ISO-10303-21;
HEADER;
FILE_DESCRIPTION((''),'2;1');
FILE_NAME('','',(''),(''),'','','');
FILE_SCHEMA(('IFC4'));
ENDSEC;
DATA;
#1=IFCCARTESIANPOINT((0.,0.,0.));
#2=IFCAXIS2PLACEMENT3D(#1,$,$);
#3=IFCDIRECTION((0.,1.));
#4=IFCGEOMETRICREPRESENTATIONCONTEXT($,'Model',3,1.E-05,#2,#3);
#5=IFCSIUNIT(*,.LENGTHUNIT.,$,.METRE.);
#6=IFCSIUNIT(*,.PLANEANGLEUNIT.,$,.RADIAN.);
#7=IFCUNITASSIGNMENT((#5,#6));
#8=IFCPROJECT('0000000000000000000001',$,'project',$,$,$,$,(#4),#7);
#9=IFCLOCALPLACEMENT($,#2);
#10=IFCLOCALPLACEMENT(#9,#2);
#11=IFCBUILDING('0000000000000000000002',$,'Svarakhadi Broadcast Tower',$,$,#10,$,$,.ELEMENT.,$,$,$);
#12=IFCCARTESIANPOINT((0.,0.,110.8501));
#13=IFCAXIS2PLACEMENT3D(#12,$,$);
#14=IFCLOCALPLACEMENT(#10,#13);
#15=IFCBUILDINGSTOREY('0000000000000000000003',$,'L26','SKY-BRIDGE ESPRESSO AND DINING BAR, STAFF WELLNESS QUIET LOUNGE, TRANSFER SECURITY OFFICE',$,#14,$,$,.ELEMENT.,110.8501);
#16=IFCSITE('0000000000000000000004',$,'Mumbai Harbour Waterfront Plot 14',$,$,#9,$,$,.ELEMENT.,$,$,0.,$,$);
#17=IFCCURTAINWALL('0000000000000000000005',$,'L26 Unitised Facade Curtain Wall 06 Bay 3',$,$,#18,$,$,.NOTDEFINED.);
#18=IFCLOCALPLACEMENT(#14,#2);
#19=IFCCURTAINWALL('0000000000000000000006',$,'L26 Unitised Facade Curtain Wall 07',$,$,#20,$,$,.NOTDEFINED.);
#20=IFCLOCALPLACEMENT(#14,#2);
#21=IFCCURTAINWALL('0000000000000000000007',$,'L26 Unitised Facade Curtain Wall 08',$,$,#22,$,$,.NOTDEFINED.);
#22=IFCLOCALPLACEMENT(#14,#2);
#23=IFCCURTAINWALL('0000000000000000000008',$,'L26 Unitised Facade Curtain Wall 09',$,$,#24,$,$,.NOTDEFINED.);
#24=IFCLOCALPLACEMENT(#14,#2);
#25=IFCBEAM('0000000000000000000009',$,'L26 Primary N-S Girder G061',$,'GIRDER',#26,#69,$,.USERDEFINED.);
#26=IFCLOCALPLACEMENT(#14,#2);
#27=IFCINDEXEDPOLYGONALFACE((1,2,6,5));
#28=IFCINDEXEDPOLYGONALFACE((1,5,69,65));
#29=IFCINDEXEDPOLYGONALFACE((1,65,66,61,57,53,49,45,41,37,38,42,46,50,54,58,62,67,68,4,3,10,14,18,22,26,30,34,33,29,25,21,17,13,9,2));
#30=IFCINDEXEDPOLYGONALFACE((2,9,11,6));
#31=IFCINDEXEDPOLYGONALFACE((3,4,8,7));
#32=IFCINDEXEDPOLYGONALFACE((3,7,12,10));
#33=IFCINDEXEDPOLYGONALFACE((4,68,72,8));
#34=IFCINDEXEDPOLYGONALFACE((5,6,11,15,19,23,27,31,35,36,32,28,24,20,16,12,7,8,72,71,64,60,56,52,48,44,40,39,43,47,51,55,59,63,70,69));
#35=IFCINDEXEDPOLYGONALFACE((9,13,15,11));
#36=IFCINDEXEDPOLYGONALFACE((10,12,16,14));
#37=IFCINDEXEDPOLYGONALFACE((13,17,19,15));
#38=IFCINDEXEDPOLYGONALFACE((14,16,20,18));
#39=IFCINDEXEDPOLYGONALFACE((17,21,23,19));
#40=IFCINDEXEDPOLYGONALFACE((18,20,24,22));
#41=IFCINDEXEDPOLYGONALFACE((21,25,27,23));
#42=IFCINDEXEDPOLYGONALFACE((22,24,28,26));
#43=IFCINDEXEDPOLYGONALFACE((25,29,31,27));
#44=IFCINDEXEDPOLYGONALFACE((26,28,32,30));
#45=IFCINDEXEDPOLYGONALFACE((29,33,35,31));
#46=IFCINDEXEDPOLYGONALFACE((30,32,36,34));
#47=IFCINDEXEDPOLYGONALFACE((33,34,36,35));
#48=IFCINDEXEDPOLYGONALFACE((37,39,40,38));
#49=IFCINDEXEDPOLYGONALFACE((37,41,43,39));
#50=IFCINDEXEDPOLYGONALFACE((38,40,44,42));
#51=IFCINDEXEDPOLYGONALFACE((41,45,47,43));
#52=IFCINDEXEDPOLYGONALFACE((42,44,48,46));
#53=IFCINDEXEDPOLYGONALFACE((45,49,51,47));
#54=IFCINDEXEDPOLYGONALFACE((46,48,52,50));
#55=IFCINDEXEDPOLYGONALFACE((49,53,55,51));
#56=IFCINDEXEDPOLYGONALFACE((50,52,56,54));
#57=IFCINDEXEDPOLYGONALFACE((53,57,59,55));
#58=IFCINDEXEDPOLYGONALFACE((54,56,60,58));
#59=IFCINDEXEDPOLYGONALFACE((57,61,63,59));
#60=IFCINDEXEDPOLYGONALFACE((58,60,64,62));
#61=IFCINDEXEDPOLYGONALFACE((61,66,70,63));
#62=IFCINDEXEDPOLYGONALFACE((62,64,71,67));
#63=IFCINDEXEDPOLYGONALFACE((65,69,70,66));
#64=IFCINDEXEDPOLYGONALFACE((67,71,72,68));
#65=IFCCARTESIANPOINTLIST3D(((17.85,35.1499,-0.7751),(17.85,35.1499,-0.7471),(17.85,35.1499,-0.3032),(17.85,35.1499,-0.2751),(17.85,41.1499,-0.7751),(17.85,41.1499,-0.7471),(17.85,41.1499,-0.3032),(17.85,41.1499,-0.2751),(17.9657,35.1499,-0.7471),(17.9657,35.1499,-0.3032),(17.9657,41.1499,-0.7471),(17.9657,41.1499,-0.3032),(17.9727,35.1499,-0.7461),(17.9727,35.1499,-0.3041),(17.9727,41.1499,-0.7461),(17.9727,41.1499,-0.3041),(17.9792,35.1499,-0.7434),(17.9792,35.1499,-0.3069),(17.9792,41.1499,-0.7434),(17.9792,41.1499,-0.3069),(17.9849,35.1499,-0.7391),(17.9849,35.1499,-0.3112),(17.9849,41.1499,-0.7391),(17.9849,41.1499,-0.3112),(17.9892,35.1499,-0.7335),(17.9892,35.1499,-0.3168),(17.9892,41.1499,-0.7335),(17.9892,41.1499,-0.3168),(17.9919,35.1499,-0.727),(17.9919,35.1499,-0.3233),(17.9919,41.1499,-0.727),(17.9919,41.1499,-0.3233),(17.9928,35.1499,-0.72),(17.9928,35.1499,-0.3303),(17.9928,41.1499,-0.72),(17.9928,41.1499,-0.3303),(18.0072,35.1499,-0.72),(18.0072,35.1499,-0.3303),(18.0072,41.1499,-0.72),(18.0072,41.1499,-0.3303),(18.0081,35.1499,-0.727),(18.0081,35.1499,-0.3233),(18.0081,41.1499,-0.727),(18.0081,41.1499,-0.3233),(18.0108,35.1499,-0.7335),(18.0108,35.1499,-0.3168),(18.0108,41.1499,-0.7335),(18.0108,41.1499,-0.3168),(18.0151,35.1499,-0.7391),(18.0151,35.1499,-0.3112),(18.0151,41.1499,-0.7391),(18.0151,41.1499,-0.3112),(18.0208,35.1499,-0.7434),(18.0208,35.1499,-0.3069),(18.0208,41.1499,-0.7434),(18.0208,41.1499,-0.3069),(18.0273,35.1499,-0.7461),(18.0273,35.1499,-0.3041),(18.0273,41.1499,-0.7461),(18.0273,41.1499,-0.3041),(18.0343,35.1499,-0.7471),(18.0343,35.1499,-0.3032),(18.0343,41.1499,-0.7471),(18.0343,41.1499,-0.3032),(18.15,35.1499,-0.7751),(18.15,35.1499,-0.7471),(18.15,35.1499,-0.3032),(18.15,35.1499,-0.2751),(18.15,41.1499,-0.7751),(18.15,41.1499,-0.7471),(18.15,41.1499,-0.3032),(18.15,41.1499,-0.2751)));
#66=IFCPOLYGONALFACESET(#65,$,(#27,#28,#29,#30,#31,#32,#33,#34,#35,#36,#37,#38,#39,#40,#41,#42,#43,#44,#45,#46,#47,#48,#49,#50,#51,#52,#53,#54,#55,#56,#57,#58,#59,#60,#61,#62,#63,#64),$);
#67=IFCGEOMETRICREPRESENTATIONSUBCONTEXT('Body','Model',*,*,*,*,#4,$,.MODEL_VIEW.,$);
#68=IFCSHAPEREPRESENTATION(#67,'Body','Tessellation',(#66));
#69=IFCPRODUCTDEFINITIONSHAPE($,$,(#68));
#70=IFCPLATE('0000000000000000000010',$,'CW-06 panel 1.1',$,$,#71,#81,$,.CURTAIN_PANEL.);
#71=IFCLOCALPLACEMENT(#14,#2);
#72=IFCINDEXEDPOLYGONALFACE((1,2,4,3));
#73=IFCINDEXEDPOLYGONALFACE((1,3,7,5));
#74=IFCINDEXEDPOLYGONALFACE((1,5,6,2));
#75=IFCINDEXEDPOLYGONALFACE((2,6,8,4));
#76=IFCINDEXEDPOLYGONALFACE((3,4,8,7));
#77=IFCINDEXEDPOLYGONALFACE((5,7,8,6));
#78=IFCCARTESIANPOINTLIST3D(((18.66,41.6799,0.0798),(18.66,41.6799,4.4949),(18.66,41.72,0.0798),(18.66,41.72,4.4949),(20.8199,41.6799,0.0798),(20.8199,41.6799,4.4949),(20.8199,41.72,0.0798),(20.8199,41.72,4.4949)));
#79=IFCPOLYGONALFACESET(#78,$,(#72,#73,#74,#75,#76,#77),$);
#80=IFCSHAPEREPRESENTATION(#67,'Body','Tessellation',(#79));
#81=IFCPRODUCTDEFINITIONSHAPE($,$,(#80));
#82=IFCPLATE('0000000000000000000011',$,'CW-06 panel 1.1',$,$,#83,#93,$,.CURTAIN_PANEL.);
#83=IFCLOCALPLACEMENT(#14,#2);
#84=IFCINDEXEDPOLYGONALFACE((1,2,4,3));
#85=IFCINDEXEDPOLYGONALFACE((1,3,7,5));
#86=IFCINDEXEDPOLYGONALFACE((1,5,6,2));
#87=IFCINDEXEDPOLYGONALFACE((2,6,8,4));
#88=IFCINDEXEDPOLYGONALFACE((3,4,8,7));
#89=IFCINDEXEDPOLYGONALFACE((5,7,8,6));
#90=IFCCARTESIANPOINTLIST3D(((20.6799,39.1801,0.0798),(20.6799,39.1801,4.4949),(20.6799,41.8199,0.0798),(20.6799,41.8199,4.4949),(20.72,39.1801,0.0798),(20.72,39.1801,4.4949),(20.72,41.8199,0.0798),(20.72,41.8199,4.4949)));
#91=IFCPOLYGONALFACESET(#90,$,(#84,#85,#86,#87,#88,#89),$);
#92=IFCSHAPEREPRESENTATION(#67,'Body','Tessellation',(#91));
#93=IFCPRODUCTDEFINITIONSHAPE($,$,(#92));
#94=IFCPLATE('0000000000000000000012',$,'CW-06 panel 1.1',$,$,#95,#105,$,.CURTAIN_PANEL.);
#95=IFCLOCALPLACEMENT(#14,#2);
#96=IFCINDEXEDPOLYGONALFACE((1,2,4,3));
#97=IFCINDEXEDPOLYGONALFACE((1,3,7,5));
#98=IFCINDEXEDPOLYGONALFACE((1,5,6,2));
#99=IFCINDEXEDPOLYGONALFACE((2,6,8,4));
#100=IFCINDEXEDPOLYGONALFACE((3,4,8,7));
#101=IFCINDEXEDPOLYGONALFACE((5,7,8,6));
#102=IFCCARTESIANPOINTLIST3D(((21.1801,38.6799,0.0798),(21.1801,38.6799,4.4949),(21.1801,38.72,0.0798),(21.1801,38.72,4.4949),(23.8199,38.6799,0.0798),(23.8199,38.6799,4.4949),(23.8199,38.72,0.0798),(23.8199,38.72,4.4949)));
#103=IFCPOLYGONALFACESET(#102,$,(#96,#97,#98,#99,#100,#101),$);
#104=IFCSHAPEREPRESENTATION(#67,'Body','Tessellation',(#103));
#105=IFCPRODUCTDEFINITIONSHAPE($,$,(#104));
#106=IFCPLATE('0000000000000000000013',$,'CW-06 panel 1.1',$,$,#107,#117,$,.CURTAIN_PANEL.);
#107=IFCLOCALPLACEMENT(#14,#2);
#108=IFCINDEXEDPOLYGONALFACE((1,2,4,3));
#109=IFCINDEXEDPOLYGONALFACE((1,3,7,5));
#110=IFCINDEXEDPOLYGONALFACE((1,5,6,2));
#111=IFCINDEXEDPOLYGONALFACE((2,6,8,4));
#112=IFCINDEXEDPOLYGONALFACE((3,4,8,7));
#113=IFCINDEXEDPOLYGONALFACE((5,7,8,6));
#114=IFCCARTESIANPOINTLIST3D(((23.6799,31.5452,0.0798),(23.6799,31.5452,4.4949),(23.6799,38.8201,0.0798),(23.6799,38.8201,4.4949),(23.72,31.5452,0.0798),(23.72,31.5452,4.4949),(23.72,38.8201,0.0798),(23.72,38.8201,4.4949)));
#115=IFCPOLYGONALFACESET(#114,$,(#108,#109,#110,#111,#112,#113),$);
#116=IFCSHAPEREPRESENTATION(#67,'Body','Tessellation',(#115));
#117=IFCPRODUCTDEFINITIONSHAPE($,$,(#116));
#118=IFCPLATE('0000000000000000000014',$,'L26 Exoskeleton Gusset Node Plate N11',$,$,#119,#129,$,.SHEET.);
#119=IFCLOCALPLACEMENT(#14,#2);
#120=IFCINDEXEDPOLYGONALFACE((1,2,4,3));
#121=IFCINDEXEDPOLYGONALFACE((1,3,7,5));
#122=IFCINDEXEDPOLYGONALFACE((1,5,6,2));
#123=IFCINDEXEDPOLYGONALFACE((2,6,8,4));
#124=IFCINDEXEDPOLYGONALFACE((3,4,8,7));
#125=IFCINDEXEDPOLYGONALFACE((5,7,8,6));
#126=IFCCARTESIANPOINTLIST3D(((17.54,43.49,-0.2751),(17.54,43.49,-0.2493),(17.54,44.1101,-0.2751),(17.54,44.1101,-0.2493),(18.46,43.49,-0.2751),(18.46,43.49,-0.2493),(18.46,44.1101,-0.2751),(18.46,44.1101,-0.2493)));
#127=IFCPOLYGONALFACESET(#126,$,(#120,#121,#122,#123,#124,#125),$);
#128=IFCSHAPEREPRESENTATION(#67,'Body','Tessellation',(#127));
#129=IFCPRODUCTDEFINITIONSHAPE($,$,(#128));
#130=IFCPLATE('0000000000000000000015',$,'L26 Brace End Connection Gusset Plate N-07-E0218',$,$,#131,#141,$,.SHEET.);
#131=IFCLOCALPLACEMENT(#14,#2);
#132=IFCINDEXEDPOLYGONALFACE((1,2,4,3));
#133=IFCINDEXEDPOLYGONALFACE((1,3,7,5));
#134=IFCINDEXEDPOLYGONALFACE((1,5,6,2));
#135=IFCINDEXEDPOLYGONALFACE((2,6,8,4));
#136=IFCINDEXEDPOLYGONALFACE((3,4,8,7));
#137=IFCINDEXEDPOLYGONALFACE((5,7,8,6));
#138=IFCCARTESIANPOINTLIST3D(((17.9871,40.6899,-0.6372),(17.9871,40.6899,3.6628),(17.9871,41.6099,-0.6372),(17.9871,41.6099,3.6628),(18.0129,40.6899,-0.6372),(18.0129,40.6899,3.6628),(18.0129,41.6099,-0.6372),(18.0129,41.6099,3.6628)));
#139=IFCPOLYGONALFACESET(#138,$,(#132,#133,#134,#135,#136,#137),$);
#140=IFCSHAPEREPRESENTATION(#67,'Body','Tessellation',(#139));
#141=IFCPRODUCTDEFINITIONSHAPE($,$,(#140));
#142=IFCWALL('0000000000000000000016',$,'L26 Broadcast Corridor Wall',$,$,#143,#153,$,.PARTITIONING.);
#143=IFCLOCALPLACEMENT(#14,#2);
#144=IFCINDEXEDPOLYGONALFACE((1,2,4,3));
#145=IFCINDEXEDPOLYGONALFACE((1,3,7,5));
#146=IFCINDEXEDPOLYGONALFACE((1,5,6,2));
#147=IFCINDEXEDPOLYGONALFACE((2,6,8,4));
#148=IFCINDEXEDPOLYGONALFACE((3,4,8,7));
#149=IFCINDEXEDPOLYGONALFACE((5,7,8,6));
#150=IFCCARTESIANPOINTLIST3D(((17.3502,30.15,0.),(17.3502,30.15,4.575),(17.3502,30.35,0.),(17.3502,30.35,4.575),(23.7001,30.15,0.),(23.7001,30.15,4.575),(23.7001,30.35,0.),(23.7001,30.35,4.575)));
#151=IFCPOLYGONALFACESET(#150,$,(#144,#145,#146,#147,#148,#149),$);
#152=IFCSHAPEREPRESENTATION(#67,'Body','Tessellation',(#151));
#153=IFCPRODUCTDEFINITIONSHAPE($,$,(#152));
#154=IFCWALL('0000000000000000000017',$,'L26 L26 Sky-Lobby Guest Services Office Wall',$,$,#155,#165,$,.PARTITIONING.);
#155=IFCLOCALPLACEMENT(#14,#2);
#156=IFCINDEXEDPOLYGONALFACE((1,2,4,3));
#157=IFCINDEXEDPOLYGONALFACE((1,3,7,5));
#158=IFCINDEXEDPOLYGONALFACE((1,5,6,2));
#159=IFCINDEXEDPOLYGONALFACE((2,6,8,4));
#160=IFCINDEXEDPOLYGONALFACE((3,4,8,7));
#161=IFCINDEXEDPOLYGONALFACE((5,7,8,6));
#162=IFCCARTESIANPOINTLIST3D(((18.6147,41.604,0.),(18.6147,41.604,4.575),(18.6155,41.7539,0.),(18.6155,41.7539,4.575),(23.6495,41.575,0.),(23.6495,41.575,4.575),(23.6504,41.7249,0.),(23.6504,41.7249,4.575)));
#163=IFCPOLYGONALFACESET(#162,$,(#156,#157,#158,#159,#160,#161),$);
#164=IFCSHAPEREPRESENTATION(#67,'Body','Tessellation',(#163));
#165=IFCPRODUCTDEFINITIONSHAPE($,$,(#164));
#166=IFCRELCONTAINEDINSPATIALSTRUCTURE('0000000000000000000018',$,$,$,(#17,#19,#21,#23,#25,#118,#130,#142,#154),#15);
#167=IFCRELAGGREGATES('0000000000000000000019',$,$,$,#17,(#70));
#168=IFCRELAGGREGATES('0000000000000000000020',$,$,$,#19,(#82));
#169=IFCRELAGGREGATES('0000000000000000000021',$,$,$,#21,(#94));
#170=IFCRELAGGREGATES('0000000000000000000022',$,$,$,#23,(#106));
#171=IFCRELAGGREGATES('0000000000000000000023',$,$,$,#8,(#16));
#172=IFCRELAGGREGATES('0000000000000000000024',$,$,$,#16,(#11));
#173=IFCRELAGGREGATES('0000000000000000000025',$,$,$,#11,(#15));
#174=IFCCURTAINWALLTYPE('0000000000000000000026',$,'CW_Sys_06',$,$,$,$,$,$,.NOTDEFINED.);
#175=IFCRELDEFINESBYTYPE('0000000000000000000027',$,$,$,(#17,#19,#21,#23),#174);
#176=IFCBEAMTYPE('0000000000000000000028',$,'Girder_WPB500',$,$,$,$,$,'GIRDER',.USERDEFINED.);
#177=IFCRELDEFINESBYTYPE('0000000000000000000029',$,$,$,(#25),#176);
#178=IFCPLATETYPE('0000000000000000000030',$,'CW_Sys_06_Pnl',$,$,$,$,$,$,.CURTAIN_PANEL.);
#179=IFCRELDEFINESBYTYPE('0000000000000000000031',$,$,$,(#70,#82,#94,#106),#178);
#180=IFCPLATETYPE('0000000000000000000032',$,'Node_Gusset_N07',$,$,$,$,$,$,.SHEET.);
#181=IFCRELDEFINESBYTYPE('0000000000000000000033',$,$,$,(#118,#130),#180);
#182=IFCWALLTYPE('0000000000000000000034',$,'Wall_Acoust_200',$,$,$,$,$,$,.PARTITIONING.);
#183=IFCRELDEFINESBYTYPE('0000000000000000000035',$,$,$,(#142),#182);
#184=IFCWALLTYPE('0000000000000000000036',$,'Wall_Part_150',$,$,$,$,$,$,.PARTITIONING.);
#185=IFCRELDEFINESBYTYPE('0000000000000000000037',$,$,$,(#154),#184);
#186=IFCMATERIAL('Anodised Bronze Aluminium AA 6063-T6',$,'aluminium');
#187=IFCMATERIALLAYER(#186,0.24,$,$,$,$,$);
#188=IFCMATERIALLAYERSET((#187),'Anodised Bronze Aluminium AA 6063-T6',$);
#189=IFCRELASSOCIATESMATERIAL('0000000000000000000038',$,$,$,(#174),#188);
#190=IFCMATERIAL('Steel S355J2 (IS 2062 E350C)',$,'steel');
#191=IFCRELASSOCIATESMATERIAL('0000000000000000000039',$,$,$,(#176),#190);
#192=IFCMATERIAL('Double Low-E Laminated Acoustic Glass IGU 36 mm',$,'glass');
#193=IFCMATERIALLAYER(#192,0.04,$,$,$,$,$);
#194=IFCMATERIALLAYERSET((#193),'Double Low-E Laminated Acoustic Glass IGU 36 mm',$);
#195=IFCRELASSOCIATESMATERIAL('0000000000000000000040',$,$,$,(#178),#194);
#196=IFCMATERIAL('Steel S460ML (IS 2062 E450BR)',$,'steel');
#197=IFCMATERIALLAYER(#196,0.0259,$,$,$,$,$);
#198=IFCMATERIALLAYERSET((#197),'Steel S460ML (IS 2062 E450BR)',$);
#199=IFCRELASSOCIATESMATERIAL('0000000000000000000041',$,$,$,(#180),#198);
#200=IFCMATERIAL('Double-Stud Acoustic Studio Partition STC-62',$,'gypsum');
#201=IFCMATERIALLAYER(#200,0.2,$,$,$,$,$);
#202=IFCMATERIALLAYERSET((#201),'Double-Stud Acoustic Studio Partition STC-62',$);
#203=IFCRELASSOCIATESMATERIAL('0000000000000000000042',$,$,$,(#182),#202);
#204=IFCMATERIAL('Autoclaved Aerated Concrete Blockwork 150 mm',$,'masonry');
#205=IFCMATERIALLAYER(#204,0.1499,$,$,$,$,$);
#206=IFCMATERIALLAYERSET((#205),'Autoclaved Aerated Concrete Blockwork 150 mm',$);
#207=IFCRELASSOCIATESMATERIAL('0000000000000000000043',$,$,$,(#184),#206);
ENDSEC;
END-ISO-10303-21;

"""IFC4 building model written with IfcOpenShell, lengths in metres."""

from ifc_helpers import new_model, si_unit, direction, frame, frame_2d, origin, origin_2d, place, context, subcontext, project, spatial, rectangle, i_section, extrude, material, layer, layer_set, material_profile, profile_set, type_object, element, aggregate, save


model = new_model("IFC4")

# Units and contexts
model_context = context("Model", 3, precision=1e-05, world=origin(), true_north=direction((0.0, 1.0)))
body_context = subcontext(model_context, "Body", "Model", "MODEL_VIEW")
ifc_project = project(units=[si_unit("LENGTHUNIT", "METRE"), si_unit("PLANEANGLEUNIT", "RADIAN")], contexts=[model_context])

# Site, building, storey
site_placement = place(None, origin())
site = spatial("IfcSite", under=ifc_project, at=site_placement, Name="Mumbai Harbour Waterfront Plot 14", CompositionType="ELEMENT", RefElevation=0.0)
building_placement = place(site_placement, origin())
building = spatial("IfcBuilding", under=site, at=building_placement, Name="Svarakhadi Broadcast Tower", CompositionType="ELEMENT")
storey_placement = place(building_placement, frame((0.0, 0.0, 110.8501)))
storey = spatial("IfcBuildingStorey", under=building, at=storey_placement, Name="L26", Description="SKY-BRIDGE ESPRESSO AND DINING BAR, STAFF WELLNESS QUIET LOUNGE, TRANSFER SECURITY OFFICE", CompositionType="ELEMENT", Elevation=110.8501)

# Shared definitions
ifc_material_1 = material(Name="Steel S460ML (IS 2062 E450BR)", Category="steel")

# Curtain walls
ifc_material_2 = material(Name="Anodised Bronze Aluminium AA 6063-T6", Category="aluminium")
ifc_layer_1 = layer(ifc_material_2, 0.24)
ifc_layer_set_1 = layer_set([ifc_layer_1], Name="Anodised Bronze Aluminium AA 6063-T6")
curtain_wall_type = type_object("IfcCurtainWallType", Name="CW_Sys_06", PredefinedType="NOTDEFINED", material=ifc_layer_set_1)
curtain_wall_1_placement = place(storey_placement, origin())
curtain_wall_1 = element("IfcCurtainWall", 1, at=curtain_wall_1_placement, inside=storey, type_object=curtain_wall_type, Name="L26 Unitised Facade Curtain Wall 06 Bay 3", PredefinedType="NOTDEFINED")
curtain_wall_2_placement = place(storey_placement, origin())
curtain_wall_2 = element("IfcCurtainWall", 2, at=curtain_wall_2_placement, inside=storey, type_object=curtain_wall_type, Name="L26 Unitised Facade Curtain Wall 07", PredefinedType="NOTDEFINED")
curtain_wall_3_placement = place(storey_placement, origin())
curtain_wall_3 = element("IfcCurtainWall", 3, at=curtain_wall_3_placement, inside=storey, type_object=curtain_wall_type, Name="L26 Unitised Facade Curtain Wall 08", PredefinedType="NOTDEFINED")
curtain_wall_4_placement = place(storey_placement, origin())
curtain_wall_4 = element("IfcCurtainWall", 4, at=curtain_wall_4_placement, inside=storey, type_object=curtain_wall_type, Name="L26 Unitised Facade Curtain Wall 09", PredefinedType="NOTDEFINED")

# Beam
ifc_material_3 = material(Name="Steel S355J2 (IS 2062 E350C)", Category="steel")
ifc_material_profile_1 = material_profile(ifc_material_3, i_section(OverallWidth=0.3, OverallDepth=0.5, WebThickness=0.0144, FlangeThickness=0.0281, FilletRadius=0.0271, at=origin_2d()), Name="WPB 500x300x187")
ifc_profile_set_1 = profile_set([ifc_material_profile_1], Name="Steel S355J2 (IS 2062 E350C)")
beam_type = type_object("IfcBeamType", Name="Girder_WPB500", ElementType="GIRDER", PredefinedType="USERDEFINED", material=ifc_profile_set_1)
beam_placement = place(storey_placement, frame((18.0, 35.1499, -0.5251), z_axis=(0.0, 1.0, 0.0), x_axis=(-1.0, 0.0, 0.0)))
element("IfcBeam", 5, at=beam_placement, inside=storey, type_object=beam_type, Name="L26 Primary N-S Girder G061", ObjectType="GIRDER", PredefinedType="USERDEFINED", context=body_context, shape_type="SweptSolid", body=[
    extrude(i_section(OverallWidth=0.3, OverallDepth=0.5, WebThickness=0.0144, FlangeThickness=0.0281, FilletRadius=0.0271, at=origin_2d()), origin(), (0.0, 0.0, 1.0), 6.0),
])

# Plates
ifc_material_4 = material(Name="Double Low-E Laminated Acoustic Glass IGU 36 mm", Category="glass")
ifc_layer_2 = layer(ifc_material_4, 0.04)
ifc_layer_set_2 = layer_set([ifc_layer_2], Name="Double Low-E Laminated Acoustic Glass IGU 36 mm")
plate_type_1 = type_object("IfcPlateType", Name="CW_Sys_06_Pnl", PredefinedType="CURTAIN_PANEL", material=ifc_layer_set_2)
plate_1_placement = place(storey_placement, frame((19.74, 41.7, 0.0798), z_axis=(0.0, 0.0, 1.0), x_axis=(1.0, 0.0, 0.0)))
plate_1 = element("IfcPlate", 6, at=plate_1_placement, type_object=plate_type_1, Name="CW-06 panel 1.1", PredefinedType="CURTAIN_PANEL", context=body_context, shape_type="SweptSolid", body=[
    extrude(rectangle(XDim=2.1599, YDim=0.04, at=origin_2d()), origin(), (0.0, 0.0, 1.0), 4.415),
])
aggregate(curtain_wall_1, [plate_1])
plate_2_placement = place(storey_placement, frame((20.7, 40.5, 0.0798), z_axis=(0.0, 0.0, 1.0), x_axis=(0.0, -1.0, 0.0)))
plate_2 = element("IfcPlate", 7, at=plate_2_placement, type_object=plate_type_1, Name="CW-06 panel 1.1", PredefinedType="CURTAIN_PANEL", context=body_context, shape_type="SweptSolid", body=[
    extrude(rectangle(XDim=2.6399, YDim=0.04, at=origin_2d()), origin(), (0.0, 0.0, 1.0), 4.415),
])
aggregate(curtain_wall_2, [plate_2])
plate_3_placement = place(storey_placement, frame((22.5, 38.7, 0.0798), z_axis=(0.0, 0.0, 1.0), x_axis=(1.0, 0.0, 0.0)))
plate_3 = element("IfcPlate", 8, at=plate_3_placement, type_object=plate_type_1, Name="CW-06 panel 1.1", PredefinedType="CURTAIN_PANEL", context=body_context, shape_type="SweptSolid", body=[
    extrude(rectangle(XDim=2.6399, YDim=0.04, at=origin_2d()), origin(), (0.0, 0.0, 1.0), 4.415),
])
aggregate(curtain_wall_3, [plate_3])
plate_4_placement = place(storey_placement, frame((23.7, 35.1826, 0.0798), z_axis=(0.0, 0.0, 1.0), x_axis=(0.0, -1.0, 0.0)))
plate_4 = element("IfcPlate", 9, at=plate_4_placement, type_object=plate_type_1, Name="CW-06 panel 1.1", PredefinedType="CURTAIN_PANEL", context=body_context, shape_type="SweptSolid", body=[
    extrude(rectangle(XDim=7.2749, YDim=0.04, at=origin_2d()), origin(), (0.0, 0.0, 1.0), 4.415),
])
aggregate(curtain_wall_4, [plate_4])

# Plates
ifc_layer_3 = layer(ifc_material_1, 0.0259)
ifc_layer_set_3 = layer_set([ifc_layer_3], Name="Steel S460ML (IS 2062 E450BR)")
plate_type_2 = type_object("IfcPlateType", Name="Node_Gusset_N07", PredefinedType="SHEET", material=ifc_layer_set_3)
plate_5_placement = place(storey_placement, frame((18.0, 43.8, -0.2751), z_axis=(0.0, 0.0, 1.0), x_axis=(1.0, 0.0, 0.0)))
element("IfcPlate", 10, at=plate_5_placement, inside=storey, type_object=plate_type_2, Name="L26 Exoskeleton Gusset Node Plate N11", PredefinedType="SHEET", context=body_context, shape_type="SweptSolid", body=[
    extrude(rectangle(XDim=0.9199, YDim=0.6201, at=origin_2d()), origin(), (0.0, 0.0, 1.0), 0.0259),
])
plate_6_placement = place(storey_placement, frame((18.0, 41.1499, -0.6372), z_axis=(0.0, 0.0, 1.0), x_axis=(0.0, 1.0, 0.0)))
element("IfcPlate", 11, at=plate_6_placement, inside=storey, type_object=plate_type_2, Name="L26 Brace End Connection Gusset Plate N-07-E0218", PredefinedType="SHEET", context=body_context, shape_type="SweptSolid", body=[
    extrude(rectangle(XDim=0.9199, YDim=0.0259, at=origin_2d()), origin(), (0.0, 0.0, 1.0), 4.3),
])

# Walls
ifc_material_5 = material(Name="Double-Stud Acoustic Studio Partition STC-62", Category="gypsum")
ifc_layer_4 = layer(ifc_material_5, 0.2)
ifc_layer_set_4 = layer_set([ifc_layer_4], Name="Double-Stud Acoustic Studio Partition STC-62")
wall_type_1 = type_object("IfcWallType", Name="Wall_Acoust_200", PredefinedType="PARTITIONING", material=ifc_layer_set_4)
wall_1_placement = place(storey_placement, frame((23.7, 30.25, 0.0), z_axis=(0.0, 0.0, 1.0), x_axis=(-1.0, 0.0, 0.0)))
element("IfcWall", 12, at=wall_1_placement, inside=storey, type_object=wall_type_1, Name="L26 Broadcast Corridor Wall", PredefinedType="PARTITIONING", context=body_context, shape_type="SweptSolid", body=[
    extrude(rectangle(XDim=6.3499, YDim=0.2, at=frame_2d((3.1748, 0.0))), origin(), (0.0, 0.0, 1.0), 4.575),
])
ifc_material_6 = material(Name="Autoclaved Aerated Concrete Blockwork 150 mm", Category="masonry")
ifc_layer_5 = layer(ifc_material_6, 0.1499)
ifc_layer_set_5 = layer_set([ifc_layer_5], Name="Autoclaved Aerated Concrete Blockwork 150 mm")
wall_type_2 = type_object("IfcWallType", Name="Wall_Part_150", PredefinedType="PARTITIONING", material=ifc_layer_set_5)
wall_2_placement = place(storey_placement, frame((18.615, 41.679, 0.0), z_axis=(0.0, 0.0, 1.0), x_axis=(0.999983, -0.00577, 0.0)))
element("IfcWall", 13, at=wall_2_placement, inside=storey, type_object=wall_type_2, Name="L26 L26 Sky-Lobby Guest Services Office Wall", PredefinedType="PARTITIONING", context=body_context, shape_type="SweptSolid", body=[
    extrude(rectangle(XDim=5.0349, YDim=0.1499, at=frame_2d((2.5176, 0.0))), origin(), (0.0, 0.0, 1.0), 4.575),
])

save(model, "model.ifc")
